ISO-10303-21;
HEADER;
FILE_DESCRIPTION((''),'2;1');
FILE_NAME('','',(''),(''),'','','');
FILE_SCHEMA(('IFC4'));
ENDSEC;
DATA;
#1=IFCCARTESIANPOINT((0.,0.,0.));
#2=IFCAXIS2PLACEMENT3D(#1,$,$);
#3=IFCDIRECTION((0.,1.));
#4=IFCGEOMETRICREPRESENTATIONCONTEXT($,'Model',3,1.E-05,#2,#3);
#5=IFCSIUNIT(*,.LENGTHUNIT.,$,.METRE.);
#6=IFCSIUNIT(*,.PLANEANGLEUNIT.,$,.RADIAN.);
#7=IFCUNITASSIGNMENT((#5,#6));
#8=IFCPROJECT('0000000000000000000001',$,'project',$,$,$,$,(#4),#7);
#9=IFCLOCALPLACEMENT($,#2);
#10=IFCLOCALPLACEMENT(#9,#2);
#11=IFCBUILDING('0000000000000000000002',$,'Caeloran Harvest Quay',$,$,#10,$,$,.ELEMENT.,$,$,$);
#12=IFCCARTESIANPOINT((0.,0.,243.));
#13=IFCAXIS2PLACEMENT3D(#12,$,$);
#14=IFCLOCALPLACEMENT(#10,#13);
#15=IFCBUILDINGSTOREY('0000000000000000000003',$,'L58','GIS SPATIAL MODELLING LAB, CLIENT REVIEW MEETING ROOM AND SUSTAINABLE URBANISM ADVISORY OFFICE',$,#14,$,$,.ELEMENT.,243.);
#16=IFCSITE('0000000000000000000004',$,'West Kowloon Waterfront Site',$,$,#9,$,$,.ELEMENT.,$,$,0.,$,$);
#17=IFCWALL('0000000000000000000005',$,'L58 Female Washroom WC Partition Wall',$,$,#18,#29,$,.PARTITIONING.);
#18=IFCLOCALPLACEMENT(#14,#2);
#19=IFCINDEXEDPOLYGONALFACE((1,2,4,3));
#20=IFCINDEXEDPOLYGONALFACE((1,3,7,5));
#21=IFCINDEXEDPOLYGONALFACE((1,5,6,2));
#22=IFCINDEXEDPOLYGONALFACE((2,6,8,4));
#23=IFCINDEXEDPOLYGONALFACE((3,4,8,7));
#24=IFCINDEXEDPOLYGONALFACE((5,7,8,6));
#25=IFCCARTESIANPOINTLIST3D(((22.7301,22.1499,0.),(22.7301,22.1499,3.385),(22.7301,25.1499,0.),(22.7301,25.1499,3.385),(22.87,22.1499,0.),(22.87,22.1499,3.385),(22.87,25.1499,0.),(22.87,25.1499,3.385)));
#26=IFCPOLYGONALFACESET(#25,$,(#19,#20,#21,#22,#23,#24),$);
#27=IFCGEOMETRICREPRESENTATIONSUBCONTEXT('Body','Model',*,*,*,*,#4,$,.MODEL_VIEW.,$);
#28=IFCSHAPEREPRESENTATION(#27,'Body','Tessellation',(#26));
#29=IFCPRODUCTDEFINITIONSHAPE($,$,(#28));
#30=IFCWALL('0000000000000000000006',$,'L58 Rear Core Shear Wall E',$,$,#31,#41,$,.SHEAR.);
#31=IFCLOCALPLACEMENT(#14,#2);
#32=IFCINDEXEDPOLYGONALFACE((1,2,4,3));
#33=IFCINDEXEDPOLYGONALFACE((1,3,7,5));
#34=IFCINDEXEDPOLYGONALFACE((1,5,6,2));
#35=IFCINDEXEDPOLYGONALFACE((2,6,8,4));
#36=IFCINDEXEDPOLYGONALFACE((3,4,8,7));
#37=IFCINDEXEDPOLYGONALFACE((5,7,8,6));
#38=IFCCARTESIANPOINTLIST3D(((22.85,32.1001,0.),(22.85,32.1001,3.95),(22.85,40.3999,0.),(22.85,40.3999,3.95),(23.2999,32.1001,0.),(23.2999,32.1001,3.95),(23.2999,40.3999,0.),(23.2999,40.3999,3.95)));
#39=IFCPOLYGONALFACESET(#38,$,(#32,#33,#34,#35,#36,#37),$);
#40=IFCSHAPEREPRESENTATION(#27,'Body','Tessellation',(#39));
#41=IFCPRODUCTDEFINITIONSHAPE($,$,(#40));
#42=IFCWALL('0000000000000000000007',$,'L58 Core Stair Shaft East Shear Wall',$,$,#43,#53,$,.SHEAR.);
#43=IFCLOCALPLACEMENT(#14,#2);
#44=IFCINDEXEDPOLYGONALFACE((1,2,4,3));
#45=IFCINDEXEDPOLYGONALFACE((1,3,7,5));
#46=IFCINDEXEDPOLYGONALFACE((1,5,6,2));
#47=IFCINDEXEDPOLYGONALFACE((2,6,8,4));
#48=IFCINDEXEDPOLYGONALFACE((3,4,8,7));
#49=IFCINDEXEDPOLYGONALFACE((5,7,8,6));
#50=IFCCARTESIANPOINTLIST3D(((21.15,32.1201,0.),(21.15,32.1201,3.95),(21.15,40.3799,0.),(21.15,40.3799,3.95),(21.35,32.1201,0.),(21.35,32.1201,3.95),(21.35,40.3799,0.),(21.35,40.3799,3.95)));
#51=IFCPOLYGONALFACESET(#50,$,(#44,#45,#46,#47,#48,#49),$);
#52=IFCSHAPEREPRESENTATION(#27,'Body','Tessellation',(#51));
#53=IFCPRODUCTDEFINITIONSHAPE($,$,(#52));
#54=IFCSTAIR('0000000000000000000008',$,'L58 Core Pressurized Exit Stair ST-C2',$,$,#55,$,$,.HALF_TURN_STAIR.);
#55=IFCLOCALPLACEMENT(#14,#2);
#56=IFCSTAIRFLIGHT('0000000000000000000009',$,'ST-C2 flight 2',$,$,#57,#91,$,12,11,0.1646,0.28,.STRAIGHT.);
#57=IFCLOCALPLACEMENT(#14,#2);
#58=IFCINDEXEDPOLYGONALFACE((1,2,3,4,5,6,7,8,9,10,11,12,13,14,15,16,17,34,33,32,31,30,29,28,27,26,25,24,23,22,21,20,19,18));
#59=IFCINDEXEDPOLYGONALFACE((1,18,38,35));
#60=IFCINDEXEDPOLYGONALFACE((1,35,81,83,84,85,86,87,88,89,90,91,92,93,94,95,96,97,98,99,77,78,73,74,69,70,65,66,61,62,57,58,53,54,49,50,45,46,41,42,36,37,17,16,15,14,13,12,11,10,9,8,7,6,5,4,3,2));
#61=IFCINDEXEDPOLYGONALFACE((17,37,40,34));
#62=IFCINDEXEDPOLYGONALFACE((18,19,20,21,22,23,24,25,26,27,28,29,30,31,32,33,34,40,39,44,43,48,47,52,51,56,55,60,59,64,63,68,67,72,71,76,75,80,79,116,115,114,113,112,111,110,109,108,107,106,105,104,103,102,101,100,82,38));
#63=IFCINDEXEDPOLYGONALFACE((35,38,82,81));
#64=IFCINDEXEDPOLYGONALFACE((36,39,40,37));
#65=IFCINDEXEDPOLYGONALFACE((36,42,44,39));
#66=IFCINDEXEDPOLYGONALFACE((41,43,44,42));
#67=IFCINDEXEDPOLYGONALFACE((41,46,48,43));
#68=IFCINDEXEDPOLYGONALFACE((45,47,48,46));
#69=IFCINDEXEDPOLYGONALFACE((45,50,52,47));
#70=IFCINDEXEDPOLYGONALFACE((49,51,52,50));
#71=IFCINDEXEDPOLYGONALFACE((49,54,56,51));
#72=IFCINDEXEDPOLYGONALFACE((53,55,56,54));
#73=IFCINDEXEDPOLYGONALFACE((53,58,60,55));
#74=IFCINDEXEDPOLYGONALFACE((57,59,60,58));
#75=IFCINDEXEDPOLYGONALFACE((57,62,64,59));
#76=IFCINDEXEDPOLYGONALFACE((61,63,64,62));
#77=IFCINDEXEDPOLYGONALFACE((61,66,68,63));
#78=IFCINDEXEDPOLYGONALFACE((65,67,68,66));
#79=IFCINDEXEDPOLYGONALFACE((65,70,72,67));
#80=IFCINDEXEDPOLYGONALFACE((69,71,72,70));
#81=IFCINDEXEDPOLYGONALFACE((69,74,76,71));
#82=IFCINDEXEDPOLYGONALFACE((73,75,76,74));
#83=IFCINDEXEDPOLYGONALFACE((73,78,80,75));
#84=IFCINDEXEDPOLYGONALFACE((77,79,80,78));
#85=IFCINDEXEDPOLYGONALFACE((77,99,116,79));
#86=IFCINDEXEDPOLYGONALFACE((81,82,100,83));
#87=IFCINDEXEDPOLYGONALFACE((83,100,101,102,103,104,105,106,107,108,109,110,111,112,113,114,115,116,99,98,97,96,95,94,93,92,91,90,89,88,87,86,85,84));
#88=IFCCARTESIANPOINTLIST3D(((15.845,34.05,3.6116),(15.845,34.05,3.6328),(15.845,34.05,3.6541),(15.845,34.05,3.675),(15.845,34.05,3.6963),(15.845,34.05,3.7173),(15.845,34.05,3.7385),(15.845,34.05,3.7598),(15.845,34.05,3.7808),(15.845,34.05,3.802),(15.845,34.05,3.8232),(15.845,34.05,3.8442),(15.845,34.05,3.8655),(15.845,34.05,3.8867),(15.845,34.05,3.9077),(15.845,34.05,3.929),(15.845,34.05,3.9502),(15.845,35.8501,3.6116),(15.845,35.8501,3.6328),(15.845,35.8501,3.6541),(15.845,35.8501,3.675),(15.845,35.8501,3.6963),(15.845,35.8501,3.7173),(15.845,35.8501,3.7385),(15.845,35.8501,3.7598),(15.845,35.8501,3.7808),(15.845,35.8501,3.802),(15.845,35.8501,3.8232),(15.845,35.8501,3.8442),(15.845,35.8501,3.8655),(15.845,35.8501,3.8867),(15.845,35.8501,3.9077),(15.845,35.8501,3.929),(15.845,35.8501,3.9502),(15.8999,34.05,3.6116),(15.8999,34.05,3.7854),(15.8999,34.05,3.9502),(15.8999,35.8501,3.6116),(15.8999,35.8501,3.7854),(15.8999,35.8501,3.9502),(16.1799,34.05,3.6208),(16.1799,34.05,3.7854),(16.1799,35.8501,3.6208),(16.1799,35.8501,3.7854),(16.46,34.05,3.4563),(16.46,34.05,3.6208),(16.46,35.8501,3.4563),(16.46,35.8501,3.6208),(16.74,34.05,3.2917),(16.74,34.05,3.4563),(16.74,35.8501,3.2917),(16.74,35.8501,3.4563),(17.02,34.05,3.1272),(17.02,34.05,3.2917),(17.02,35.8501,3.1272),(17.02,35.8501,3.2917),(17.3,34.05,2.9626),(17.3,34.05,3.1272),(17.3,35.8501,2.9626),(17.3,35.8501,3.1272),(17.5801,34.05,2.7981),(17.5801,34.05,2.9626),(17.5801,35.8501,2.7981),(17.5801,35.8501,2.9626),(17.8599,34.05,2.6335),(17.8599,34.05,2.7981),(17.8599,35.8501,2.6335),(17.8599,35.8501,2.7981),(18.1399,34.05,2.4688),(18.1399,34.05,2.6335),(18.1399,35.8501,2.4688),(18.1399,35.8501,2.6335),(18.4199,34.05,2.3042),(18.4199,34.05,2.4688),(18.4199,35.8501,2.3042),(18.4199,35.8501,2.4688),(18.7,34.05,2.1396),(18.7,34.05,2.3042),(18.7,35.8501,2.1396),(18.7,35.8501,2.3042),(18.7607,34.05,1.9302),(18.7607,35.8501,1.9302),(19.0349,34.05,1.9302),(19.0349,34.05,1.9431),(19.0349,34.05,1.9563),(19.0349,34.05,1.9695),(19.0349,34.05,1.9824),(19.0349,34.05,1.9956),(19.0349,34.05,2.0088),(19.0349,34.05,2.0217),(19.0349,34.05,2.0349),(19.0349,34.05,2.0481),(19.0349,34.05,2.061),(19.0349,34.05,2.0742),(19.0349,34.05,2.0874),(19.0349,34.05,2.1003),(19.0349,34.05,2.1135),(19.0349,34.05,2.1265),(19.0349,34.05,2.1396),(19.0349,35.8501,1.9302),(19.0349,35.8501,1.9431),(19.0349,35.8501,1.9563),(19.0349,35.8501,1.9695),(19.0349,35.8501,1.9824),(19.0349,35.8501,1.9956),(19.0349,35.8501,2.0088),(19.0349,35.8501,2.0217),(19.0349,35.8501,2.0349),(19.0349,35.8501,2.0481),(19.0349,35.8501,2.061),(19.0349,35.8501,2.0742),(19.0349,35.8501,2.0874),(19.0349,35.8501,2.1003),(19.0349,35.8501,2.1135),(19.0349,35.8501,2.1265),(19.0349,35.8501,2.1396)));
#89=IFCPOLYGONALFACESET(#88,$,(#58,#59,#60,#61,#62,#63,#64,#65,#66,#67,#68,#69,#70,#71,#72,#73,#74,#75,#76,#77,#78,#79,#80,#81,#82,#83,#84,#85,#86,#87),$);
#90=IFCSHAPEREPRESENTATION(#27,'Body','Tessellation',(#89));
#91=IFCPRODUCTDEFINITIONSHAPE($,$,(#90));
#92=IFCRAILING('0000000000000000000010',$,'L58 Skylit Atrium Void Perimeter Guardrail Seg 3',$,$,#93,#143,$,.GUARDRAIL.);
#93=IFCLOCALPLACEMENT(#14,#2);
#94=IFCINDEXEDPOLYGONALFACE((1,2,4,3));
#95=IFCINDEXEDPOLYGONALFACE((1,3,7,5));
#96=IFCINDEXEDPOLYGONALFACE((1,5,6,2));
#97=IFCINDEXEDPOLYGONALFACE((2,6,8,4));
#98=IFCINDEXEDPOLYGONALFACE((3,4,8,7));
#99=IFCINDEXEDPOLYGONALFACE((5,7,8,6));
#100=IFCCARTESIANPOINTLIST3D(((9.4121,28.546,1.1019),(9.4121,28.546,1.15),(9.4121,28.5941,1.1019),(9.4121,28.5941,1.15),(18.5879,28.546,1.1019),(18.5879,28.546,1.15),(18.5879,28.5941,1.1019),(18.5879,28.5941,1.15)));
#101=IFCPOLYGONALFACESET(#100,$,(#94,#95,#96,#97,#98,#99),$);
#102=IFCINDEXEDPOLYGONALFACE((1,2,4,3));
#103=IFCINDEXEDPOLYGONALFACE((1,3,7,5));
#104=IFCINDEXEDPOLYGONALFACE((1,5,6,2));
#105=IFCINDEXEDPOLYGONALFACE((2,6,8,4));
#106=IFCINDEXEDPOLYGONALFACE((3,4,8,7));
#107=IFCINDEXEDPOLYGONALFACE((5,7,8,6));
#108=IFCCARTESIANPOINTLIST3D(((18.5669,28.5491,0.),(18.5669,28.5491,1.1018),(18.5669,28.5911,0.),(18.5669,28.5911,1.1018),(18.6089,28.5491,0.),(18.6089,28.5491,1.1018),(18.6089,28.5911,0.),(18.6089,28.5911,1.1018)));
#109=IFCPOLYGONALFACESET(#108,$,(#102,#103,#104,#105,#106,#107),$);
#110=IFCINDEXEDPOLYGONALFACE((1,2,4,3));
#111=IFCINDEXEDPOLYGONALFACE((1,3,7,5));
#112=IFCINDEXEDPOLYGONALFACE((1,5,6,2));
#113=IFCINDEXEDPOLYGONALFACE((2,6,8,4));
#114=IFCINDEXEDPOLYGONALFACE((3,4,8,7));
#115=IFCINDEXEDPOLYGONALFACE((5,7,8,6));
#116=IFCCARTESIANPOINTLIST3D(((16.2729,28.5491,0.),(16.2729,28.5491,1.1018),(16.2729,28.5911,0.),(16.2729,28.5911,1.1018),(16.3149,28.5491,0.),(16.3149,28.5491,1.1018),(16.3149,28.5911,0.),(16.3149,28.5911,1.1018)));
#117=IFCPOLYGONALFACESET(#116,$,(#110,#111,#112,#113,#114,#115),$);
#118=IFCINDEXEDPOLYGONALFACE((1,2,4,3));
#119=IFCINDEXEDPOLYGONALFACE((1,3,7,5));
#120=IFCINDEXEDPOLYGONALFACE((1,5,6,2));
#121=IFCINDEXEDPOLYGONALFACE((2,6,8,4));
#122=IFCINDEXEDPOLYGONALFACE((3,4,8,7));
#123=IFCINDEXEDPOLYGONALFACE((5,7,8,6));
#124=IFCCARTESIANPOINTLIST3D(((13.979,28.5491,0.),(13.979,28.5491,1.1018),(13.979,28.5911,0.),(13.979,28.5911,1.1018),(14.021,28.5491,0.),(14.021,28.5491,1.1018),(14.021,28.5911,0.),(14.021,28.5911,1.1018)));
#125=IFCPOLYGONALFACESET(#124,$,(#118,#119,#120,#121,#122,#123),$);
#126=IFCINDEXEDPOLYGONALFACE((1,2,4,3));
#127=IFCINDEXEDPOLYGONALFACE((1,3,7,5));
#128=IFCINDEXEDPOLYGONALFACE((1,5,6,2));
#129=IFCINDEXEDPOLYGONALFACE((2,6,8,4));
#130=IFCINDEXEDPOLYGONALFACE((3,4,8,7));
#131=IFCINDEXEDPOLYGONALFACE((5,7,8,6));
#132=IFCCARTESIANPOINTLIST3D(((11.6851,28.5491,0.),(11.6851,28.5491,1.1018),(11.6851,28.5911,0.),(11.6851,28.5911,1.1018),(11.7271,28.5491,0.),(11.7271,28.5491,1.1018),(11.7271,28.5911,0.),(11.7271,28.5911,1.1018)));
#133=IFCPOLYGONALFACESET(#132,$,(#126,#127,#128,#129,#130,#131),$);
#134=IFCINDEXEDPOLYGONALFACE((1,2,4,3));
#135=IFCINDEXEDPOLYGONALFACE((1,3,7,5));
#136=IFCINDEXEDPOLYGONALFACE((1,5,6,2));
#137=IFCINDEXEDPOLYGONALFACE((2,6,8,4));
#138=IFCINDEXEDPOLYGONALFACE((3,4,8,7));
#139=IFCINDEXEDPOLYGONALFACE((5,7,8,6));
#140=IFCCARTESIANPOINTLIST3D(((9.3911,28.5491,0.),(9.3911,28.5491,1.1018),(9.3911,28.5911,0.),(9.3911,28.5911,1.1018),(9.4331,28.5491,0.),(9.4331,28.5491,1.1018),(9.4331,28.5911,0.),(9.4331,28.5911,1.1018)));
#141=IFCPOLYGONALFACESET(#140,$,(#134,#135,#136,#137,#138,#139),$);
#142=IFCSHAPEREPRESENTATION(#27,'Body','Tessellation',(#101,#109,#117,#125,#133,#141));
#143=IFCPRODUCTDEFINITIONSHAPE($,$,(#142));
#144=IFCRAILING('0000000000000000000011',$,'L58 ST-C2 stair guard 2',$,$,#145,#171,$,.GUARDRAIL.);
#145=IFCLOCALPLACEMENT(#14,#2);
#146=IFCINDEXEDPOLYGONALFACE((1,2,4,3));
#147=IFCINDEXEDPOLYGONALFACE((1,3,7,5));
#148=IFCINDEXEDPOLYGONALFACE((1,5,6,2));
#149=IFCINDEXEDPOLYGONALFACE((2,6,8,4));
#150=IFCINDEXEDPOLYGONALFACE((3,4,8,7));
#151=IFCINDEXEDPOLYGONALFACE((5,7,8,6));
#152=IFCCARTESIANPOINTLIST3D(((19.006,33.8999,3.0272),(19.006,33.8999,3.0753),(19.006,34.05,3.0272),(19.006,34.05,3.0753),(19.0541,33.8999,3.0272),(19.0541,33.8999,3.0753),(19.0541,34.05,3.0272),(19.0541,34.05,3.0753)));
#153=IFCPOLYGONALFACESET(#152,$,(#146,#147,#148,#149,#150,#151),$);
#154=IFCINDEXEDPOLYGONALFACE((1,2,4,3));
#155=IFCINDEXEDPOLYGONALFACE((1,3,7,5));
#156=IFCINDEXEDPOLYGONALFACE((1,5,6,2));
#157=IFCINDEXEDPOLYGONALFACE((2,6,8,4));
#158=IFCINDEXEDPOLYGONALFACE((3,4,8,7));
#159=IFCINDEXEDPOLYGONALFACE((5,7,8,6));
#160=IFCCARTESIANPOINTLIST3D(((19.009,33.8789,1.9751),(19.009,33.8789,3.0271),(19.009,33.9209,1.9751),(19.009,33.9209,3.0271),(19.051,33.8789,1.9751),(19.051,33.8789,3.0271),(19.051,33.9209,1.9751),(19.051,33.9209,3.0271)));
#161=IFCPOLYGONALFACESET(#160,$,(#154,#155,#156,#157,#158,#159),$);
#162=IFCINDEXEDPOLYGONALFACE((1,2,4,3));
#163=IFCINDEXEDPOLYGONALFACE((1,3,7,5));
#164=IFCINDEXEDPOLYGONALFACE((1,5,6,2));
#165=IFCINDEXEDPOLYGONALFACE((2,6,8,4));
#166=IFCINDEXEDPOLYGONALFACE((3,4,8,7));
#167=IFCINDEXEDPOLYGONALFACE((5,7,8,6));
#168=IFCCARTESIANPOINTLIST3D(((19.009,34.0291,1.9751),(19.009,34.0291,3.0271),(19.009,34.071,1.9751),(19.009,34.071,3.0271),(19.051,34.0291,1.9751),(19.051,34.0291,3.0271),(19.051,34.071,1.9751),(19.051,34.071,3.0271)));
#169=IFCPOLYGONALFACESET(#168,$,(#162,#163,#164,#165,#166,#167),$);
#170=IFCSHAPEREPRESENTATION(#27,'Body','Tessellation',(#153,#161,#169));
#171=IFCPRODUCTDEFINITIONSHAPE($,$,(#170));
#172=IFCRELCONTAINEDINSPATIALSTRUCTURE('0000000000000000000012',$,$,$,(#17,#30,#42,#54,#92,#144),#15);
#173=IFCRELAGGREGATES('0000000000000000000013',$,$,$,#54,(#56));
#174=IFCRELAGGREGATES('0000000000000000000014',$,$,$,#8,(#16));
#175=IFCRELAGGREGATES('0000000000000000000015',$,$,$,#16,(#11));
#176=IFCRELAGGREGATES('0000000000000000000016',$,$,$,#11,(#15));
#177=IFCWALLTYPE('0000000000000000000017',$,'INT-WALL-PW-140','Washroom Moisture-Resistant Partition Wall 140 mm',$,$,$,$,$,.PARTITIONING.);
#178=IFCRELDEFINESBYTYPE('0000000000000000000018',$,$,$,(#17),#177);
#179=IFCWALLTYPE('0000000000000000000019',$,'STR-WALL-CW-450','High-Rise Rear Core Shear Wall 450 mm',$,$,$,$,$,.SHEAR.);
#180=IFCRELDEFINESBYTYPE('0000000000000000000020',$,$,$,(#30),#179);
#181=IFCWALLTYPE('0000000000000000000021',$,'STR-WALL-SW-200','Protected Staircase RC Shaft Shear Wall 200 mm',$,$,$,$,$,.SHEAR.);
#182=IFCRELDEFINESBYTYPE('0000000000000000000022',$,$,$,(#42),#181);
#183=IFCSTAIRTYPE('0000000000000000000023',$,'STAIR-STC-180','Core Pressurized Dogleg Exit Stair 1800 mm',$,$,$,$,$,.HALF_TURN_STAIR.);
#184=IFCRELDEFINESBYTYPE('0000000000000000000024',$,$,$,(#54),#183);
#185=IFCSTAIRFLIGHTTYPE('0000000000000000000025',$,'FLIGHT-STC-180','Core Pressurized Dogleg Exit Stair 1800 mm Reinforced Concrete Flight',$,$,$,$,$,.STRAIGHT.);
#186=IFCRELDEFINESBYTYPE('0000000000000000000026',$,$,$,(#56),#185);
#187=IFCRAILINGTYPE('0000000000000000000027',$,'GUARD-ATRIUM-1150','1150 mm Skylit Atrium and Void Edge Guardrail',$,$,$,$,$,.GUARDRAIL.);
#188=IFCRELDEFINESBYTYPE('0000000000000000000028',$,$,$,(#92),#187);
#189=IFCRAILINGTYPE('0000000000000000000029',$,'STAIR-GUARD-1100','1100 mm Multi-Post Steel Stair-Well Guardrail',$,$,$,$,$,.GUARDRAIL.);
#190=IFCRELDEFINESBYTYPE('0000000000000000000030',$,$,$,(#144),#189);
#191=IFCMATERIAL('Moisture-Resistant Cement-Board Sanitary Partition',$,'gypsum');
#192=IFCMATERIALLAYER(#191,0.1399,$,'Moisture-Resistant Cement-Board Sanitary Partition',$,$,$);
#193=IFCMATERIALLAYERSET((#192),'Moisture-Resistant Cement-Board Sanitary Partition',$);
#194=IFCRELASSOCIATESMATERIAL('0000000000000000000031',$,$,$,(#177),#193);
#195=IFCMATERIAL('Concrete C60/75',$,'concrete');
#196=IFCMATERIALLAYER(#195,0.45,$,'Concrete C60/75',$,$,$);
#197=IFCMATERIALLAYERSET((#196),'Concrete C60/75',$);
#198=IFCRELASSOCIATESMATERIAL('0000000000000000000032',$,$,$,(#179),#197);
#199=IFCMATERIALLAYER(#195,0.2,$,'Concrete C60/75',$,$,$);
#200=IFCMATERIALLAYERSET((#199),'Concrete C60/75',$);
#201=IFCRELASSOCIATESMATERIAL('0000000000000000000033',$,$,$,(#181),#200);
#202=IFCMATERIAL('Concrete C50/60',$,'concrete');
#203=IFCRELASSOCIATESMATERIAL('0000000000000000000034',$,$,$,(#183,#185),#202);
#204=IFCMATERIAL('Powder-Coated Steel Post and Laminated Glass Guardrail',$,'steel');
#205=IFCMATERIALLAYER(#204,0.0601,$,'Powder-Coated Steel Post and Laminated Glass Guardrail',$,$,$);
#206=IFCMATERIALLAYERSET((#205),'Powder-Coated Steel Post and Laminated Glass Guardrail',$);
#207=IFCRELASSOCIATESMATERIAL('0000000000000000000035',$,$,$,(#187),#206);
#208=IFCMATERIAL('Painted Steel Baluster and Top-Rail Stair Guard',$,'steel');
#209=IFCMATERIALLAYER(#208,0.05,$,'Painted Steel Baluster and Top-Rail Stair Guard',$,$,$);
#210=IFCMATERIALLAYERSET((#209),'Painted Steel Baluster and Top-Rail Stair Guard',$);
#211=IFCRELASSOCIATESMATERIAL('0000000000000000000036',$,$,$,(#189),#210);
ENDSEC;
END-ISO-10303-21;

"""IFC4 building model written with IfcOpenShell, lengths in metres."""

from ifc_helpers import new_model, si_unit, direction, frame, frame_2d, origin, origin_2d, place, context, subcontext, project, spatial, polyline, rectangle, outline, extrude, material, layer, layer_set, type_object, element, aggregate, save


model = new_model("IFC4")

# Units and contexts
model_context = context("Model", 3, precision=1e-05, world=origin(), true_north=direction((0.0, 1.0)))
body_context = subcontext(model_context, "Body", "Model", "MODEL_VIEW")
ifc_project = project(units=[si_unit("LENGTHUNIT", "METRE"), si_unit("PLANEANGLEUNIT", "RADIAN")], contexts=[model_context])

# Site, building, storey
site_placement = place(None, origin())
site = spatial("IfcSite", under=ifc_project, at=site_placement, Name="West Kowloon Waterfront Site", CompositionType="ELEMENT", RefElevation=0.0)
building_placement = place(site_placement, origin())
building = spatial("IfcBuilding", under=site, at=building_placement, Name="Caeloran Harvest Quay", CompositionType="ELEMENT")
storey_placement = place(building_placement, frame((0.0, 0.0, 243.0)))
storey = spatial("IfcBuildingStorey", under=building, at=storey_placement, Name="L58", Description="GIS SPATIAL MODELLING LAB, CLIENT REVIEW MEETING ROOM AND SUSTAINABLE URBANISM ADVISORY OFFICE", CompositionType="ELEMENT", Elevation=243.0)

# Shared definitions
ifc_material_1 = material(Name="Concrete C60/75", Category="concrete")

# Shared definitions
ifc_material_2 = material(Name="Moisture-Resistant Cement-Board Sanitary Partition", Category="gypsum")
ifc_layer_1 = layer(ifc_material_2, 0.1399, Name="Moisture-Resistant Cement-Board Sanitary Partition")
ifc_layer_set_1 = layer_set([ifc_layer_1], Name="Moisture-Resistant Cement-Board Sanitary Partition")
wall_type_1 = type_object("IfcWallType", Name="INT-WALL-PW-140", Description="Washroom Moisture-Resistant Partition Wall 140 mm", PredefinedType="PARTITIONING", material=ifc_layer_set_1)

# Walls
wall_1_placement = place(storey_placement, frame((22.8, 25.1499, 0.0), z_axis=(0.0, 0.0, 1.0), x_axis=(0.0, -1.0, 0.0)))
element("IfcWall", 1, at=wall_1_placement, inside=storey, type_object=wall_type_1, Name="L58 Female Washroom WC Partition Wall", PredefinedType="PARTITIONING", context=body_context, shape_type="SweptSolid", body=[
    extrude(rectangle(XDim=3.0, YDim=0.1399, at=frame_2d((1.5, 0.0))), origin(), (0.0, 0.0, 1.0), 3.385),
])
ifc_layer_2 = layer(ifc_material_1, 0.45, Name="Concrete C60/75")
ifc_layer_set_2 = layer_set([ifc_layer_2], Name="Concrete C60/75")
wall_type_2 = type_object("IfcWallType", Name="STR-WALL-CW-450", Description="High-Rise Rear Core Shear Wall 450 mm", PredefinedType="SHEAR", material=ifc_layer_set_2)
wall_2_placement = place(storey_placement, frame((23.075, 32.1001, 0.0), z_axis=(0.0, 0.0, 1.0), x_axis=(0.0, 1.0, 0.0)))
element("IfcWall", 2, at=wall_2_placement, inside=storey, type_object=wall_type_2, Name="L58 Rear Core Shear Wall E", PredefinedType="SHEAR", context=body_context, shape_type="SweptSolid", body=[
    extrude(rectangle(XDim=8.2998, YDim=0.45, at=frame_2d((4.1499, 0.0))), origin(), (0.0, 0.0, 1.0), 3.95),
])
ifc_layer_3 = layer(ifc_material_1, 0.2, Name="Concrete C60/75")
ifc_layer_set_3 = layer_set([ifc_layer_3], Name="Concrete C60/75")
wall_type_3 = type_object("IfcWallType", Name="STR-WALL-SW-200", Description="Protected Staircase RC Shaft Shear Wall 200 mm", PredefinedType="SHEAR", material=ifc_layer_set_3)
wall_3_placement = place(storey_placement, frame((21.25, 32.1201, 0.0), z_axis=(0.0, 0.0, 1.0), x_axis=(0.0, 1.0, 0.0)))
element("IfcWall", 3, at=wall_3_placement, inside=storey, type_object=wall_type_3, Name="L58 Core Stair Shaft East Shear Wall", PredefinedType="SHEAR", context=body_context, shape_type="SweptSolid", body=[
    extrude(rectangle(XDim=8.2598, YDim=0.2, at=frame_2d((4.1299, 0.0))), origin(), (0.0, 0.0, 1.0), 3.95),
])

# Stair, stair flight
ifc_material_3 = material(Name="Concrete C50/60", Category="concrete")
stair_type = type_object("IfcStairType", Name="STAIR-STC-180", Description="Core Pressurized Dogleg Exit Stair 1800 mm", PredefinedType="HALF_TURN_STAIR", material=ifc_material_3)
stair_placement = place(storey_placement, origin())
stair = element("IfcStair", 4, at=stair_placement, inside=storey, type_object=stair_type, Name="L58 Core Pressurized Exit Stair ST-C2", PredefinedType="HALF_TURN_STAIR")
stair_flight_type = type_object("IfcStairFlightType", Name="FLIGHT-STC-180", Description="Core Pressurized Dogleg Exit Stair 1800 mm Reinforced Concrete Flight", PredefinedType="STRAIGHT", material=ifc_material_3)
stair_flight_placement = place(storey_placement, frame((18.98, 34.95, 1.9751), z_axis=(0.0, 0.0, 1.0), x_axis=(-1.0, 0.0, 0.0)))
stair_flight = element("IfcStairFlight", 5, at=stair_flight_placement, type_object=stair_flight_type, Name="ST-C2 flight 2", NumberOfRisers=12, NumberOfTreads=11, PredefinedType="STRAIGHT", RiserHeight=0.1646, TreadLength=0.28, context=body_context, shape_type="SweptSolid", body=[
    extrude(outline(polyline([(-0.0549, -0.0449), (-0.0549, -0.032), (-0.0549, -0.0188), (-0.0549, -0.0056), (-0.0549, 0.0073), (-0.0549, 0.0205), (-0.0549, 0.0337), (-0.0549, 0.0466), (-0.0549, 0.0598), (-0.0549, 0.073), (-0.0549, 0.0859), (-0.0549, 0.0991), (-0.0549, 0.1123), (-0.0549, 0.1252), (-0.0549, 0.1384), (-0.0549, 0.1514), (-0.0549, 0.1646), (0.28, 0.1646), (0.28, 0.3291), (0.5601, 0.3291), (0.5601, 0.4937), (0.8401, 0.4937), (0.8401, 0.6584), (1.1201, 0.6584), (1.1201, 0.823), (1.3999, 0.823), (1.3999, 0.9875), (1.6799, 0.9875), (1.6799, 1.1521), (1.96, 1.1521), (1.96, 1.3167), (2.24, 1.3167), (2.24, 1.4812), (2.52, 1.4812), (2.52, 1.6458), (2.8, 1.6458), (2.8, 1.8103), (3.0801, 1.8103), (3.0801, 1.9751), (3.135, 1.9751), (3.135, 1.9539), (3.135, 1.9326), (3.135, 1.9116), (3.135, 1.8904), (3.135, 1.8691), (3.135, 1.8481), (3.135, 1.8269), (3.135, 1.8057), (3.135, 1.7847), (3.135, 1.7634), (3.135, 1.7422), (3.135, 1.7212), (3.135, 1.7), (3.135, 1.679), (3.135, 1.6577), (3.135, 1.6365), (3.0801, 1.6365), (0.2192, -0.0449), (-0.0549, -0.0449)])), frame((0.0, 0.8999, 0.0), z_axis=(0.0, -1.0, 0.0), x_axis=(1.0, 0.0, 0.0)), (0.0, 0.0, 1.0), 1.8),
])
aggregate(stair, [stair_flight])

# Railings
ifc_material_4 = material(Name="Powder-Coated Steel Post and Laminated Glass Guardrail", Category="steel")
ifc_layer_4 = layer(ifc_material_4, 0.0601, Name="Powder-Coated Steel Post and Laminated Glass Guardrail")
ifc_layer_set_4 = layer_set([ifc_layer_4], Name="Powder-Coated Steel Post and Laminated Glass Guardrail")
railing_type_1 = type_object("IfcRailingType", Name="GUARD-ATRIUM-1150", Description="1150 mm Skylit Atrium and Void Edge Guardrail", PredefinedType="GUARDRAIL", material=ifc_layer_set_4)
railing_1_placement = place(storey_placement, frame((18.5879, 28.5701, 0.0)))
element("IfcRailing", 6, at=railing_1_placement, inside=storey, type_object=railing_type_1, Name="L58 Skylit Atrium Void Perimeter Guardrail Seg 3", PredefinedType="GUARDRAIL", context=body_context, shape_type="SweptSolid", body=[
    extrude(rectangle(XDim=0.0481, YDim=0.0481, at=origin_2d()), frame((0.0, 0.0, 1.126), z_axis=(-1.0, 0.0, 0.0), x_axis=(0.0, -1.0, 0.0)), (0.0, 0.0, 1.0), 9.1758),
    extrude(rectangle(XDim=0.042, YDim=0.042, at=origin_2d()), origin(), (0.0, 0.0, 1.0), 1.1018),
    extrude(rectangle(XDim=0.042, YDim=0.042, at=origin_2d()), frame((-2.2939, 0.0, 0.0)), (0.0, 0.0, 1.0), 1.1018),
    extrude(rectangle(XDim=0.042, YDim=0.042, at=origin_2d()), frame((-4.5879, 0.0, 0.0)), (0.0, 0.0, 1.0), 1.1018),
    extrude(rectangle(XDim=0.042, YDim=0.042, at=origin_2d()), frame((-6.8818, 0.0, 0.0)), (0.0, 0.0, 1.0), 1.1018),
    extrude(rectangle(XDim=0.042, YDim=0.042, at=origin_2d()), frame((-9.1758, 0.0, 0.0)), (0.0, 0.0, 1.0), 1.1018),
])
ifc_material_5 = material(Name="Painted Steel Baluster and Top-Rail Stair Guard", Category="steel")
ifc_layer_5 = layer(ifc_material_5, 0.05, Name="Painted Steel Baluster and Top-Rail Stair Guard")
ifc_layer_set_5 = layer_set([ifc_layer_5], Name="Painted Steel Baluster and Top-Rail Stair Guard")
railing_type_2 = type_object("IfcRailingType", Name="STAIR-GUARD-1100", Description="1100 mm Multi-Post Steel Stair-Well Guardrail", PredefinedType="GUARDRAIL", material=ifc_layer_set_5)
railing_2_placement = place(storey_placement, frame((19.03, 33.8999, 1.9751)))
element("IfcRailing", 7, at=railing_2_placement, inside=storey, type_object=railing_type_2, Name="L58 ST-C2 stair guard 2", PredefinedType="GUARDRAIL", context=body_context, shape_type="SweptSolid", body=[
    extrude(rectangle(XDim=0.0481, YDim=0.0481, at=origin_2d()), frame((0.0, 0.0, 1.0762), z_axis=(0.0, 1.0, 0.0), x_axis=(-1.0, 0.0, 0.0)), (0.0, 0.0, 1.0), 0.1501),
    extrude(rectangle(XDim=0.042, YDim=0.042, at=origin_2d()), origin(), (0.0, 0.0, 1.0), 1.052),
    extrude(rectangle(XDim=0.042, YDim=0.042, at=origin_2d()), frame((0.0, 0.1501, 0.0)), (0.0, 0.0, 1.0), 1.052),
])

save(model, "model.ifc")
